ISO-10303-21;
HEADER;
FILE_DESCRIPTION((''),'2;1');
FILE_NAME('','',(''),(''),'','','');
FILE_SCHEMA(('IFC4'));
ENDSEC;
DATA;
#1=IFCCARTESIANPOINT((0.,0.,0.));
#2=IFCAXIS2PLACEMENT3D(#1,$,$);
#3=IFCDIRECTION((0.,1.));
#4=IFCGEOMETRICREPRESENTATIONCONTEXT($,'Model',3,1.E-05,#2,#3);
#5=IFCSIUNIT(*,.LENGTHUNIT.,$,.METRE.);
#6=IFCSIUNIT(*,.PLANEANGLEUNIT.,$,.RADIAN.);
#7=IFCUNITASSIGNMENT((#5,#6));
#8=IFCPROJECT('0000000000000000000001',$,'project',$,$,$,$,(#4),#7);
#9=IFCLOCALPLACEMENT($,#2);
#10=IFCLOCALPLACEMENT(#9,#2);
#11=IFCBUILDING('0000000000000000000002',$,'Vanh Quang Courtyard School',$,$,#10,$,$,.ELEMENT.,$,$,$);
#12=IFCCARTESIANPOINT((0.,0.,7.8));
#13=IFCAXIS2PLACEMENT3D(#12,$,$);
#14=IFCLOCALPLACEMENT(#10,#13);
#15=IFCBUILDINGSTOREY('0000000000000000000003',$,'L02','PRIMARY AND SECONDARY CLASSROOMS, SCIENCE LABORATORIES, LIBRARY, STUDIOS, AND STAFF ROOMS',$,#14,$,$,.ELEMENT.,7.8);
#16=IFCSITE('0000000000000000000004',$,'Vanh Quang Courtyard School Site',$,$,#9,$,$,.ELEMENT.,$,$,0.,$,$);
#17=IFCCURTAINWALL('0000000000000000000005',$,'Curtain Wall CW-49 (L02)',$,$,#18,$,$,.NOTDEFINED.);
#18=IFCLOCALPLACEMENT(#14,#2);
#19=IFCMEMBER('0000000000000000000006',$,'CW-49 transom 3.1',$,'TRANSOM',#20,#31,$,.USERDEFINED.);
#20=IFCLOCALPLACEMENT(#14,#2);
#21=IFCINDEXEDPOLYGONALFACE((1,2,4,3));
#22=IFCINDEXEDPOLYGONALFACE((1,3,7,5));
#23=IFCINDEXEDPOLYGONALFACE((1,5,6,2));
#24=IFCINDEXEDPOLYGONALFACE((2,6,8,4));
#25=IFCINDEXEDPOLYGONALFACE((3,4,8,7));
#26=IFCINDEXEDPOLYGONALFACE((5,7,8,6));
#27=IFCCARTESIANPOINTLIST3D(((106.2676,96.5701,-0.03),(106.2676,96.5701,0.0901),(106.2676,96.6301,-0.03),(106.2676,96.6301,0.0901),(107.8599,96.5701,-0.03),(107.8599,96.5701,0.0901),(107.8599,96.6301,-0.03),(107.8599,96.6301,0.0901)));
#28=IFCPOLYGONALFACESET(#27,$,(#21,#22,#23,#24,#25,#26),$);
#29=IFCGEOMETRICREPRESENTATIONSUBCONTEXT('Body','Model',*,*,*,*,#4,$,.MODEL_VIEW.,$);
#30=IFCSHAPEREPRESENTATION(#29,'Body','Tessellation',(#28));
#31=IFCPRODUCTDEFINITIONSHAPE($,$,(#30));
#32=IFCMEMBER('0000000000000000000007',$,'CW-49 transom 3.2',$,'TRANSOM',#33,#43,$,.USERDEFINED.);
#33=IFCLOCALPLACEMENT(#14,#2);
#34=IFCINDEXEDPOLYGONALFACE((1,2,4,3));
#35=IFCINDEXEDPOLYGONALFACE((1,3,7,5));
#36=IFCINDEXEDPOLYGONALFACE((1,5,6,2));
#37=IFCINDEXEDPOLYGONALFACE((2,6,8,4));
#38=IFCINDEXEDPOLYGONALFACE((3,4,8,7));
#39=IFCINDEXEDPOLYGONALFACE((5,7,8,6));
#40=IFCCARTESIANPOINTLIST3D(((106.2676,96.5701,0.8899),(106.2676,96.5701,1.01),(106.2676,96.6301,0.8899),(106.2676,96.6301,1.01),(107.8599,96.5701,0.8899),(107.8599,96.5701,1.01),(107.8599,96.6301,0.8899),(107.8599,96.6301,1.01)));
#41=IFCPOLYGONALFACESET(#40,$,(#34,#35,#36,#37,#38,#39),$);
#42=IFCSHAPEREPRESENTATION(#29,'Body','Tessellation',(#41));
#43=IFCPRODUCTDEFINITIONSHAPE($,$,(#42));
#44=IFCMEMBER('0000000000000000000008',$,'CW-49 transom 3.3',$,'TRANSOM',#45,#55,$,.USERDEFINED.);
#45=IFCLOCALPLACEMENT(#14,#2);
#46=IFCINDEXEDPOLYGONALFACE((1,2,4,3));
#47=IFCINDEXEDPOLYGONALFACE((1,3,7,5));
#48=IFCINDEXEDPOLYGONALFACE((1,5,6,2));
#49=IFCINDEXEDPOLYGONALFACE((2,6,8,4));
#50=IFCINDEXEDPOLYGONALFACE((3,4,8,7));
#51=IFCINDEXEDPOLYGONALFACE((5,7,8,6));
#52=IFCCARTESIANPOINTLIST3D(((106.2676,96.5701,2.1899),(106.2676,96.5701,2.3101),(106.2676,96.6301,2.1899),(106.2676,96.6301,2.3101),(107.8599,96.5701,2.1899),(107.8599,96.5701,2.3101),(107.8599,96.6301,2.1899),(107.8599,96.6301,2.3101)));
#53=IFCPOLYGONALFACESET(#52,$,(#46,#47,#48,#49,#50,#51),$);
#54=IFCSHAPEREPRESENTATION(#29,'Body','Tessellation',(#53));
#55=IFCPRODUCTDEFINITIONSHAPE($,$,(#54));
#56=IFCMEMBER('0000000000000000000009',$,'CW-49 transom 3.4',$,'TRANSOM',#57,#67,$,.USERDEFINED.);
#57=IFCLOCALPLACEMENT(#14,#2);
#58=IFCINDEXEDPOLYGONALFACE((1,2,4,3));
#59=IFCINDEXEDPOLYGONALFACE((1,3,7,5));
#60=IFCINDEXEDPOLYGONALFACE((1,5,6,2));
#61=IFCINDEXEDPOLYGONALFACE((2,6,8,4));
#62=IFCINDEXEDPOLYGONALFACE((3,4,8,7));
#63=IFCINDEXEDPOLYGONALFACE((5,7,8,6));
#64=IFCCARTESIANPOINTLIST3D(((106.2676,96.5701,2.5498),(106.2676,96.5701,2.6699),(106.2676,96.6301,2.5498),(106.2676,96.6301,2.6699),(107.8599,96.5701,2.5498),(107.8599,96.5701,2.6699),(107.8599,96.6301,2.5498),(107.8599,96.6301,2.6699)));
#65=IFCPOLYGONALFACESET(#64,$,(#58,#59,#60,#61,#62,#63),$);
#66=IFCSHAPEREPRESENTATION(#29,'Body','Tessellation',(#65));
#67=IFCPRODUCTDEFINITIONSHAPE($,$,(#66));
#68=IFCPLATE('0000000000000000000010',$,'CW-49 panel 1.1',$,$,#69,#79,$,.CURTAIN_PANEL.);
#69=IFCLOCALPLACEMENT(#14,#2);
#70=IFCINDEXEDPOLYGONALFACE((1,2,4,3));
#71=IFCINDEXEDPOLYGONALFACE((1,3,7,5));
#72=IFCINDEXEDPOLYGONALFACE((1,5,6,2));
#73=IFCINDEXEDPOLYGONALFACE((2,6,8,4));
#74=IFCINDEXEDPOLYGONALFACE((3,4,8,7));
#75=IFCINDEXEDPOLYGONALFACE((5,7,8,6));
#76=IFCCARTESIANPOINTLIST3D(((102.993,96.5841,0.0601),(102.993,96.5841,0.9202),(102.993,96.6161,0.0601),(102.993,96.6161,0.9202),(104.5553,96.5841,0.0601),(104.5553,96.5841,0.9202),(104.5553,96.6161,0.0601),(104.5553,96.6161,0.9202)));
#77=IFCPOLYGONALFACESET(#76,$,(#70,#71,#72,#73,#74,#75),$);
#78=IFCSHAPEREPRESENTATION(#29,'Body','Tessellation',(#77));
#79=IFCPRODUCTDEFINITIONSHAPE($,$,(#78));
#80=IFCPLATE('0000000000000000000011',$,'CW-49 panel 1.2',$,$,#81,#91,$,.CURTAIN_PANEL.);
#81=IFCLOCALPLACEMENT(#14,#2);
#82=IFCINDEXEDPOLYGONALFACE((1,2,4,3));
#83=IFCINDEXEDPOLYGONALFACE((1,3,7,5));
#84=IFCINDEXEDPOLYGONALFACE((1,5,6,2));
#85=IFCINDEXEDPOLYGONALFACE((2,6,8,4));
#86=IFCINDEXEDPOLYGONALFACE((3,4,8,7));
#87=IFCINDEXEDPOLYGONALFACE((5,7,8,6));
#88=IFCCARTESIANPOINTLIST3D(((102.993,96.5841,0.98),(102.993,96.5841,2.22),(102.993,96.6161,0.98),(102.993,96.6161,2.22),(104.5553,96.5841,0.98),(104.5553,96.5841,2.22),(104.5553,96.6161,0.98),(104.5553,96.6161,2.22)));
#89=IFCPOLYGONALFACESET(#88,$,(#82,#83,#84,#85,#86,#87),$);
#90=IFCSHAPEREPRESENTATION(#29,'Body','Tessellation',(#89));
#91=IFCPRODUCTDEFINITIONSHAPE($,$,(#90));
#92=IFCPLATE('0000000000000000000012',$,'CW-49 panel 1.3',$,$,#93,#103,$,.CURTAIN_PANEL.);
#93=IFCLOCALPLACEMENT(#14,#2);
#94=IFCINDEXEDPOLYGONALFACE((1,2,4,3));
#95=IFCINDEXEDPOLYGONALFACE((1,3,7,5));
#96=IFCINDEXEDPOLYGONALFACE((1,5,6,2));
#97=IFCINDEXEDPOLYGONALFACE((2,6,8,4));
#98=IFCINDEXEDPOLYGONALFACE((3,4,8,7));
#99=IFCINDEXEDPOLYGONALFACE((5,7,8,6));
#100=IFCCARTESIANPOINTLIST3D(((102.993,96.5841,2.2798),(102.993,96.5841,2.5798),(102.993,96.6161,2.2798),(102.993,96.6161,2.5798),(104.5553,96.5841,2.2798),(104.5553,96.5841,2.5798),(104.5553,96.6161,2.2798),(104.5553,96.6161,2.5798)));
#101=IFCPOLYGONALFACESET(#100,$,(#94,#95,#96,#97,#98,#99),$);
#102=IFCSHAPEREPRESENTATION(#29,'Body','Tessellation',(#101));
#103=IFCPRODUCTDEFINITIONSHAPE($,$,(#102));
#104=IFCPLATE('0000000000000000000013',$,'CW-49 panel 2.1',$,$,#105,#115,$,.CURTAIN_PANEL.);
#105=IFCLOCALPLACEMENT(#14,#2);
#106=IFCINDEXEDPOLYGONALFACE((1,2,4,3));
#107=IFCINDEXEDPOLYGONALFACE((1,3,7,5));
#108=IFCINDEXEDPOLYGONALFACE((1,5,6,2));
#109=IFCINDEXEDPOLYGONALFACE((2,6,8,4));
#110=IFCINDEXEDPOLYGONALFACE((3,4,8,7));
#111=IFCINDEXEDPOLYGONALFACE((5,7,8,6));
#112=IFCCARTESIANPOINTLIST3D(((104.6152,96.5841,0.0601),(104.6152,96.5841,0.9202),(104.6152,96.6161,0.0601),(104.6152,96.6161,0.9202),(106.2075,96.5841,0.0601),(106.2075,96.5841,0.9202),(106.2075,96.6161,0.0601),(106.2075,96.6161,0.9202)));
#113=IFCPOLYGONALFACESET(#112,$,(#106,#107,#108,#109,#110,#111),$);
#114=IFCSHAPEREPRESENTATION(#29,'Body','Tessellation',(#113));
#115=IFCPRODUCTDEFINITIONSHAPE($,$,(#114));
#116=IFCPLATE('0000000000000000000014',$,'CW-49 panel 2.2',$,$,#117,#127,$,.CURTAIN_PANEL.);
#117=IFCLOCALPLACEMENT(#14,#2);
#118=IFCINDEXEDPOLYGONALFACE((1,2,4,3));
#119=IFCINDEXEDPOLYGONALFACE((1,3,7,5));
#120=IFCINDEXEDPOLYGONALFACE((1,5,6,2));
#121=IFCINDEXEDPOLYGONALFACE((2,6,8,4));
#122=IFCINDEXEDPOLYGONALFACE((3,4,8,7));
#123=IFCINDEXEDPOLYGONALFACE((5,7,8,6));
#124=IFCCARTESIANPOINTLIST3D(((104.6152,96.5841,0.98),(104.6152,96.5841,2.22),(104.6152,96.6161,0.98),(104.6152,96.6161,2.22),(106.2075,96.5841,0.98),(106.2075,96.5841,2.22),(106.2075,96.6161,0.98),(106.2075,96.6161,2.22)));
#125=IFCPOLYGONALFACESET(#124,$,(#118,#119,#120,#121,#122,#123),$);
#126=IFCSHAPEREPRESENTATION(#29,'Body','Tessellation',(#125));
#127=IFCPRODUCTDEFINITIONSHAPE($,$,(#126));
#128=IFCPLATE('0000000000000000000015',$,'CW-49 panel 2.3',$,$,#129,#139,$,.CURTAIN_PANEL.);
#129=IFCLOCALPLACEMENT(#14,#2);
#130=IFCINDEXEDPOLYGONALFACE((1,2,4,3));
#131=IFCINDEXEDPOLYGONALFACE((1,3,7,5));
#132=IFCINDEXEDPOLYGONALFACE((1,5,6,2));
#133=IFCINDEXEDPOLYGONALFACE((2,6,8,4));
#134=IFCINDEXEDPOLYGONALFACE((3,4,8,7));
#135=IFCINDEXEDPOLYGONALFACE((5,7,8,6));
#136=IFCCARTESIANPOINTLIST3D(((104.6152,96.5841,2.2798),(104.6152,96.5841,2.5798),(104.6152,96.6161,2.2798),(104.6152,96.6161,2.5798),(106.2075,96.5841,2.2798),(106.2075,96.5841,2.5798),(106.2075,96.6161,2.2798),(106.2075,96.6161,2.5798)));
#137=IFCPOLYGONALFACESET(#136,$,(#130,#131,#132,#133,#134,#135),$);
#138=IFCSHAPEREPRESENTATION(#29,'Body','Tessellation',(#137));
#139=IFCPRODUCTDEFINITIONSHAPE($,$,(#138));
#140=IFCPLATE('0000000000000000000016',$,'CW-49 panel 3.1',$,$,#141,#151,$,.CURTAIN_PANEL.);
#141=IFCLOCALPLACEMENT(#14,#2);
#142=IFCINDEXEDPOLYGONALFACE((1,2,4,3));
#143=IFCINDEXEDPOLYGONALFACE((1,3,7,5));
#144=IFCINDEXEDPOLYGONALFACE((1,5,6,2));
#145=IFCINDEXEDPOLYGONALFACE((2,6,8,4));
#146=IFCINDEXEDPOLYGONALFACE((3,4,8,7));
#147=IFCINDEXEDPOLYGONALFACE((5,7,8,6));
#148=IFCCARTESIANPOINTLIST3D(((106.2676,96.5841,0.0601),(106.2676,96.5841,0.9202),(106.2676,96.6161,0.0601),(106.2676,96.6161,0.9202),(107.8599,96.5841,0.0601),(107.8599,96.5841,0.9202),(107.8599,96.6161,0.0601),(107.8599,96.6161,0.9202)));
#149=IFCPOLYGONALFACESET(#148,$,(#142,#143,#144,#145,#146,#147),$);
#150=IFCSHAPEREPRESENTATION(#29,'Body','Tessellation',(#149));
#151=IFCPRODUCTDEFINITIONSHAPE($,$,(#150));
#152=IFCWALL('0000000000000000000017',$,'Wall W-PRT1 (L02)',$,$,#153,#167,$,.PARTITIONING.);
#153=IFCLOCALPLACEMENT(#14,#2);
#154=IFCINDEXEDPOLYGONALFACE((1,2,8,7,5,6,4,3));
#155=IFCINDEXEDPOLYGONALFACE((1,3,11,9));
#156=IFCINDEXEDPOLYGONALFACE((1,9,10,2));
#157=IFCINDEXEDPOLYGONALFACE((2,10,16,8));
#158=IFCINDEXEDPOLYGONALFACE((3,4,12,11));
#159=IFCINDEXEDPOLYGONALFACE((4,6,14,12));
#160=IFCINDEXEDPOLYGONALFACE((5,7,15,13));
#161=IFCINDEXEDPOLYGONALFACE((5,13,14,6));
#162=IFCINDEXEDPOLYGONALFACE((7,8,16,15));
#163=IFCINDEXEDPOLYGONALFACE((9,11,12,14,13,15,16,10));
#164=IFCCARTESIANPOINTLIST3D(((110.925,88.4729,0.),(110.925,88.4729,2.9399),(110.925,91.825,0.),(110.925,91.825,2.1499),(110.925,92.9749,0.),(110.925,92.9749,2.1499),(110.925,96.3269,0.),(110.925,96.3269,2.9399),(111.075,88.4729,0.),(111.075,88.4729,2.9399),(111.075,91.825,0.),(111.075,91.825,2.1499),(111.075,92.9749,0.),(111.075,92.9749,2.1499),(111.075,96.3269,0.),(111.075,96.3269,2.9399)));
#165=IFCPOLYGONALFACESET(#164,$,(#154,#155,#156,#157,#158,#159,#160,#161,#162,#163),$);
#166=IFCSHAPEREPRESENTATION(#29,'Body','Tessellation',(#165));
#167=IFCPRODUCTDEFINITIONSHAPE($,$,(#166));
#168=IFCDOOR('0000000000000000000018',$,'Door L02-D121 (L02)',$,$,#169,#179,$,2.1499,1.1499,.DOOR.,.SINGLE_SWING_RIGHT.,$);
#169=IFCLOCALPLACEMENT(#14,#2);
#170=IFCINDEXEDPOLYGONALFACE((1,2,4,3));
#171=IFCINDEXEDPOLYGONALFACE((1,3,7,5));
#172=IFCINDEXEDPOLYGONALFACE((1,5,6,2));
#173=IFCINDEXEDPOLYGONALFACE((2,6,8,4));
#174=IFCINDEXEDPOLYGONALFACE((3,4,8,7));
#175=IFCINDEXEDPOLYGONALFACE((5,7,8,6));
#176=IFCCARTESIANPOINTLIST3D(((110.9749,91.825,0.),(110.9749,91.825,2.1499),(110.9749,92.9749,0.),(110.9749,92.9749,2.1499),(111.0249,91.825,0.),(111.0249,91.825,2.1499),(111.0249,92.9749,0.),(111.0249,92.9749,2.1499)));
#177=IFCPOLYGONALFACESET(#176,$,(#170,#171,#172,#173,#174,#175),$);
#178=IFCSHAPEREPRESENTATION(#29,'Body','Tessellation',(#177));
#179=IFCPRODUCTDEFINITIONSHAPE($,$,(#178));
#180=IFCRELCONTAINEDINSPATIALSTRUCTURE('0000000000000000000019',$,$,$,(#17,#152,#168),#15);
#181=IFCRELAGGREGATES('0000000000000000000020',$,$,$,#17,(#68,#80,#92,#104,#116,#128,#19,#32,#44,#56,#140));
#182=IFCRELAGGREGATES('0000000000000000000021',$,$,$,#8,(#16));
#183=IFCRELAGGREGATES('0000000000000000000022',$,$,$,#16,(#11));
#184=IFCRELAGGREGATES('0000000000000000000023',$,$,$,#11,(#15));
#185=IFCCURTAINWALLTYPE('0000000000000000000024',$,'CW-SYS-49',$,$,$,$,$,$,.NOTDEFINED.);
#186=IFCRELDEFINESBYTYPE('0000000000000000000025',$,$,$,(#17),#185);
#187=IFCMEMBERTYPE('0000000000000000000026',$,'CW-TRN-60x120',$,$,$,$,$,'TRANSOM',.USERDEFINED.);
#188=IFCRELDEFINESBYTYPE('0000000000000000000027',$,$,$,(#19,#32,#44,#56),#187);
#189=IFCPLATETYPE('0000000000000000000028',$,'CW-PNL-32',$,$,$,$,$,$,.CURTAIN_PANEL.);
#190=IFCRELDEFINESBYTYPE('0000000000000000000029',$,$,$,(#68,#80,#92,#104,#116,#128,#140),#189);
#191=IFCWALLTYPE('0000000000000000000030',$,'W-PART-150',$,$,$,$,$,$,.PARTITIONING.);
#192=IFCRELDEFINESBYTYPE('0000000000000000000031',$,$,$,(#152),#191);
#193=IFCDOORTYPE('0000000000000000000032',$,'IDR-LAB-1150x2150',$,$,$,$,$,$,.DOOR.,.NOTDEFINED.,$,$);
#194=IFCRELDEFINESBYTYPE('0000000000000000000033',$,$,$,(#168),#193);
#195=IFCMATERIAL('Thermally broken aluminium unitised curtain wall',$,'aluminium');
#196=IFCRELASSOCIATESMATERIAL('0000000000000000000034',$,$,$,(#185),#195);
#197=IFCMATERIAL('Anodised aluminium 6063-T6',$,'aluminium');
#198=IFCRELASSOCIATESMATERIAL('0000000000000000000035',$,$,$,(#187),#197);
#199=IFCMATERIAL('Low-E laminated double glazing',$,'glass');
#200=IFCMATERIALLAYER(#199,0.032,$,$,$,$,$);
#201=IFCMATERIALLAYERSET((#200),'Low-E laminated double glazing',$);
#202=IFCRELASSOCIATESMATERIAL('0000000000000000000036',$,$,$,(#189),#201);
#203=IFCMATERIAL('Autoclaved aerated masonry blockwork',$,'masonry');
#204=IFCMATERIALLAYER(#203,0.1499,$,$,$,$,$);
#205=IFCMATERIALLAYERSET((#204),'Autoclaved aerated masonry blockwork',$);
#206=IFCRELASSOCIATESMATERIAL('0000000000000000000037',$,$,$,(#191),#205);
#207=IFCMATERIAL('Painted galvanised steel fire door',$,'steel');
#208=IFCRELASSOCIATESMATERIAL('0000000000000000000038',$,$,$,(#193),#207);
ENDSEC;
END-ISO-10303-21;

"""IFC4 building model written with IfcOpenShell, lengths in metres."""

from ifc_helpers import new_model, si_unit, direction, frame, frame_2d, origin, origin_2d, place, context, subcontext, project, spatial, rectangle, extrude, material, layer, layer_set, material_profile, profile_set, type_object, element, fill, aggregate, save


model = new_model("IFC4")

# Units and contexts
model_context = context("Model", 3, precision=1e-05, world=origin(), true_north=direction((0.0, 1.0)))
body_context = subcontext(model_context, "Body", "Model", "MODEL_VIEW")
ifc_project = project(units=[si_unit("LENGTHUNIT", "METRE"), si_unit("PLANEANGLEUNIT", "RADIAN")], contexts=[model_context])

# Site, building, storey
site_placement = place(None, origin())
site = spatial("IfcSite", under=ifc_project, at=site_placement, Name="Vanh Quang Courtyard School Site", CompositionType="ELEMENT", RefElevation=0.0)
building_placement = place(site_placement, origin())
building = spatial("IfcBuilding", under=site, at=building_placement, Name="Vanh Quang Courtyard School", CompositionType="ELEMENT")
storey_placement = place(building_placement, frame((0.0, 0.0, 7.8)))
storey = spatial("IfcBuildingStorey", under=building, at=storey_placement, Name="L02", Description="PRIMARY AND SECONDARY CLASSROOMS, SCIENCE LABORATORIES, LIBRARY, STUDIOS, AND STAFF ROOMS", CompositionType="ELEMENT", Elevation=7.8)

# Curtain wall, members, plates
ifc_material_1 = material(Name="Thermally broken aluminium unitised curtain wall", Category="aluminium")
curtain_wall_type = type_object("IfcCurtainWallType", Name="CW-SYS-49", PredefinedType="NOTDEFINED", material=ifc_material_1)
curtain_wall_placement = place(storey_placement, origin())
curtain_wall = element("IfcCurtainWall", 1, at=curtain_wall_placement, inside=storey, type_object=curtain_wall_type, Name="Curtain Wall CW-49 (L02)", PredefinedType="NOTDEFINED")
ifc_material_2 = material(Name="Anodised aluminium 6063-T6", Category="aluminium")
ifc_material_profile_1 = material_profile(ifc_material_2, rectangle(XDim=0.0601, YDim=0.1201, at=origin_2d()), Name="ALU-TRN 60x120")
ifc_profile_set_1 = profile_set([ifc_material_profile_1], Name="Anodised aluminium 6063-T6")
member_type_1 = type_object("IfcMemberType", Name="CW-TRN-60x120", ElementType="TRANSOM", PredefinedType="USERDEFINED", material=ifc_profile_set_1)
member_1_placement = place(storey_placement, frame((106.2676, 96.6001, 0.03), z_axis=(1.0, 0.0, 0.0), x_axis=(0.0, 1.0, 0.0)))
member_1 = element("IfcMember", 2, at=member_1_placement, type_object=member_type_1, Name="CW-49 transom 3.1", ObjectType="TRANSOM", PredefinedType="USERDEFINED", context=body_context, shape_type="SweptSolid", body=[
    extrude(rectangle(XDim=0.0601, YDim=0.1201, at=origin_2d()), origin(), (0.0, 0.0, 1.0), 1.5923),
])
member_2_placement = place(storey_placement, frame((106.2676, 96.6001, 0.95), z_axis=(1.0, 0.0, 0.0), x_axis=(0.0, 1.0, 0.0)))
member_2 = element("IfcMember", 3, at=member_2_placement, type_object=member_type_1, Name="CW-49 transom 3.2", ObjectType="TRANSOM", PredefinedType="USERDEFINED", context=body_context, shape_type="SweptSolid", body=[
    extrude(rectangle(XDim=0.0601, YDim=0.1201, at=origin_2d()), origin(), (0.0, 0.0, 1.0), 1.5923),
])
member_3_placement = place(storey_placement, frame((106.2676, 96.6001, 2.25), z_axis=(1.0, 0.0, 0.0), x_axis=(0.0, 1.0, 0.0)))
member_3 = element("IfcMember", 4, at=member_3_placement, type_object=member_type_1, Name="CW-49 transom 3.3", ObjectType="TRANSOM", PredefinedType="USERDEFINED", context=body_context, shape_type="SweptSolid", body=[
    extrude(rectangle(XDim=0.0601, YDim=0.1201, at=origin_2d()), origin(), (0.0, 0.0, 1.0), 1.5923),
])
member_4_placement = place(storey_placement, frame((106.2676, 96.6001, 2.6099), z_axis=(1.0, 0.0, 0.0), x_axis=(0.0, 1.0, 0.0)))
member_4 = element("IfcMember", 5, at=member_4_placement, type_object=member_type_1, Name="CW-49 transom 3.4", ObjectType="TRANSOM", PredefinedType="USERDEFINED", context=body_context, shape_type="SweptSolid", body=[
    extrude(rectangle(XDim=0.0601, YDim=0.1201, at=origin_2d()), origin(), (0.0, 0.0, 1.0), 1.5923),
])
ifc_material_3 = material(Name="Low-E laminated double glazing", Category="glass")
ifc_layer_1 = layer(ifc_material_3, 0.032)
ifc_layer_set_1 = layer_set([ifc_layer_1], Name="Low-E laminated double glazing")
plate_type = type_object("IfcPlateType", Name="CW-PNL-32", PredefinedType="CURTAIN_PANEL", material=ifc_layer_set_1)
plate_1_placement = place(storey_placement, frame((103.7742, 96.6001, 0.0601), z_axis=(0.0, 0.0, 1.0), x_axis=(1.0, 0.0, 0.0)))
plate_1 = element("IfcPlate", 6, at=plate_1_placement, type_object=plate_type, Name="CW-49 panel 1.1", PredefinedType="CURTAIN_PANEL", context=body_context, shape_type="SweptSolid", body=[
    extrude(rectangle(XDim=1.5623, YDim=0.032, at=origin_2d()), origin(), (0.0, 0.0, 1.0), 0.8601),
])
plate_2_placement = place(storey_placement, frame((103.7742, 96.6001, 0.98), z_axis=(0.0, 0.0, 1.0), x_axis=(1.0, 0.0, 0.0)))
plate_2 = element("IfcPlate", 7, at=plate_2_placement, type_object=plate_type, Name="CW-49 panel 1.2", PredefinedType="CURTAIN_PANEL", context=body_context, shape_type="SweptSolid", body=[
    extrude(rectangle(XDim=1.5623, YDim=0.032, at=origin_2d()), origin(), (0.0, 0.0, 1.0), 1.24),
])
plate_3_placement = place(storey_placement, frame((103.7742, 96.6001, 2.2798), z_axis=(0.0, 0.0, 1.0), x_axis=(1.0, 0.0, 0.0)))
plate_3 = element("IfcPlate", 8, at=plate_3_placement, type_object=plate_type, Name="CW-49 panel 1.3", PredefinedType="CURTAIN_PANEL", context=body_context, shape_type="SweptSolid", body=[
    extrude(rectangle(XDim=1.5623, YDim=0.032, at=origin_2d()), origin(), (0.0, 0.0, 1.0), 0.3),
])
plate_4_placement = place(storey_placement, frame((105.4114, 96.6001, 0.0601), z_axis=(0.0, 0.0, 1.0), x_axis=(1.0, 0.0, 0.0)))
plate_4 = element("IfcPlate", 9, at=plate_4_placement, type_object=plate_type, Name="CW-49 panel 2.1", PredefinedType="CURTAIN_PANEL", context=body_context, shape_type="SweptSolid", body=[
    extrude(rectangle(XDim=1.5923, YDim=0.032, at=origin_2d()), origin(), (0.0, 0.0, 1.0), 0.8601),
])
plate_5_placement = place(storey_placement, frame((105.4114, 96.6001, 0.98), z_axis=(0.0, 0.0, 1.0), x_axis=(1.0, 0.0, 0.0)))
plate_5 = element("IfcPlate", 10, at=plate_5_placement, type_object=plate_type, Name="CW-49 panel 2.2", PredefinedType="CURTAIN_PANEL", context=body_context, shape_type="SweptSolid", body=[
    extrude(rectangle(XDim=1.5923, YDim=0.032, at=origin_2d()), origin(), (0.0, 0.0, 1.0), 1.24),
])
plate_6_placement = place(storey_placement, frame((105.4114, 96.6001, 2.2798), z_axis=(0.0, 0.0, 1.0), x_axis=(1.0, 0.0, 0.0)))
plate_6 = element("IfcPlate", 11, at=plate_6_placement, type_object=plate_type, Name="CW-49 panel 2.3", PredefinedType="CURTAIN_PANEL", context=body_context, shape_type="SweptSolid", body=[
    extrude(rectangle(XDim=1.5923, YDim=0.032, at=origin_2d()), origin(), (0.0, 0.0, 1.0), 0.3),
])
plate_7_placement = place(storey_placement, frame((107.0637, 96.6001, 0.0601), z_axis=(0.0, 0.0, 1.0), x_axis=(1.0, 0.0, 0.0)))
plate_7 = element("IfcPlate", 12, at=plate_7_placement, type_object=plate_type, Name="CW-49 panel 3.1", PredefinedType="CURTAIN_PANEL", context=body_context, shape_type="SweptSolid", body=[
    extrude(rectangle(XDim=1.5923, YDim=0.032, at=origin_2d()), origin(), (0.0, 0.0, 1.0), 0.8601),
])
aggregate(curtain_wall, [plate_1, plate_2, plate_3, plate_4, plate_5, plate_6, member_1, member_2, member_3, member_4, plate_7])

# Wall, opening, door
ifc_material_4 = material(Name="Autoclaved aerated masonry blockwork", Category="masonry")
ifc_layer_2 = layer(ifc_material_4, 0.1499)
ifc_layer_set_2 = layer_set([ifc_layer_2], Name="Autoclaved aerated masonry blockwork")
wall_type = type_object("IfcWallType", Name="W-PART-150", PredefinedType="PARTITIONING", material=ifc_layer_set_2)
wall_placement = place(storey_placement, frame((111.0, 96.3269, 0.0), z_axis=(0.0, 0.0, 1.0), x_axis=(0.0, -1.0, 0.0)))
wall = element("IfcWall", 13, at=wall_placement, inside=storey, type_object=wall_type, Name="Wall W-PRT1 (L02)", PredefinedType="PARTITIONING", context=body_context, shape_type="SweptSolid", body=[
    extrude(rectangle(XDim=7.854, YDim=0.1499, at=frame_2d((3.927, 0.0))), origin(), (0.0, 0.0, 1.0), 2.9399),
])
opening_placement = place(wall_placement, frame((3.3521, 0.0, 0.0)))
opening = element("IfcOpeningElement", 14, at=opening_placement, cuts=wall, PredefinedType="OPENING", context=body_context, shape_type="SweptSolid", body=[
    extrude(rectangle(XDim=1.1499, YDim=2.1499, at=frame_2d((0.575, 1.075))), frame((0.0, 0.085, 0.0), z_axis=(0.0, -1.0, 0.0), x_axis=(1.0, 0.0, 0.0)), (0.0, 0.0, 1.0), 0.1699),
])
ifc_material_5 = material(Name="Painted galvanised steel fire door", Category="steel")
door_type = type_object("IfcDoorType", Name="IDR-LAB-1150x2150", OperationType="NOTDEFINED", PredefinedType="DOOR", material=ifc_material_5)
door_placement = place(opening_placement, origin())
door = element("IfcDoor", 15, at=door_placement, inside=storey, type_object=door_type, Name="Door L02-D121 (L02)", OperationType="SINGLE_SWING_RIGHT", OverallHeight=2.1499, OverallWidth=1.1499, PredefinedType="DOOR", context=body_context, shape_type="SweptSolid", body=[
    extrude(rectangle(XDim=1.1499, YDim=2.1499, at=frame_2d((0.575, 1.075))), frame((0.0, 0.0249, 0.0), z_axis=(0.0, -1.0, 0.0), x_axis=(1.0, 0.0, 0.0)), (0.0, 0.0, 1.0), 0.05),
])
fill(opening, door)

save(model, "model.ifc")
